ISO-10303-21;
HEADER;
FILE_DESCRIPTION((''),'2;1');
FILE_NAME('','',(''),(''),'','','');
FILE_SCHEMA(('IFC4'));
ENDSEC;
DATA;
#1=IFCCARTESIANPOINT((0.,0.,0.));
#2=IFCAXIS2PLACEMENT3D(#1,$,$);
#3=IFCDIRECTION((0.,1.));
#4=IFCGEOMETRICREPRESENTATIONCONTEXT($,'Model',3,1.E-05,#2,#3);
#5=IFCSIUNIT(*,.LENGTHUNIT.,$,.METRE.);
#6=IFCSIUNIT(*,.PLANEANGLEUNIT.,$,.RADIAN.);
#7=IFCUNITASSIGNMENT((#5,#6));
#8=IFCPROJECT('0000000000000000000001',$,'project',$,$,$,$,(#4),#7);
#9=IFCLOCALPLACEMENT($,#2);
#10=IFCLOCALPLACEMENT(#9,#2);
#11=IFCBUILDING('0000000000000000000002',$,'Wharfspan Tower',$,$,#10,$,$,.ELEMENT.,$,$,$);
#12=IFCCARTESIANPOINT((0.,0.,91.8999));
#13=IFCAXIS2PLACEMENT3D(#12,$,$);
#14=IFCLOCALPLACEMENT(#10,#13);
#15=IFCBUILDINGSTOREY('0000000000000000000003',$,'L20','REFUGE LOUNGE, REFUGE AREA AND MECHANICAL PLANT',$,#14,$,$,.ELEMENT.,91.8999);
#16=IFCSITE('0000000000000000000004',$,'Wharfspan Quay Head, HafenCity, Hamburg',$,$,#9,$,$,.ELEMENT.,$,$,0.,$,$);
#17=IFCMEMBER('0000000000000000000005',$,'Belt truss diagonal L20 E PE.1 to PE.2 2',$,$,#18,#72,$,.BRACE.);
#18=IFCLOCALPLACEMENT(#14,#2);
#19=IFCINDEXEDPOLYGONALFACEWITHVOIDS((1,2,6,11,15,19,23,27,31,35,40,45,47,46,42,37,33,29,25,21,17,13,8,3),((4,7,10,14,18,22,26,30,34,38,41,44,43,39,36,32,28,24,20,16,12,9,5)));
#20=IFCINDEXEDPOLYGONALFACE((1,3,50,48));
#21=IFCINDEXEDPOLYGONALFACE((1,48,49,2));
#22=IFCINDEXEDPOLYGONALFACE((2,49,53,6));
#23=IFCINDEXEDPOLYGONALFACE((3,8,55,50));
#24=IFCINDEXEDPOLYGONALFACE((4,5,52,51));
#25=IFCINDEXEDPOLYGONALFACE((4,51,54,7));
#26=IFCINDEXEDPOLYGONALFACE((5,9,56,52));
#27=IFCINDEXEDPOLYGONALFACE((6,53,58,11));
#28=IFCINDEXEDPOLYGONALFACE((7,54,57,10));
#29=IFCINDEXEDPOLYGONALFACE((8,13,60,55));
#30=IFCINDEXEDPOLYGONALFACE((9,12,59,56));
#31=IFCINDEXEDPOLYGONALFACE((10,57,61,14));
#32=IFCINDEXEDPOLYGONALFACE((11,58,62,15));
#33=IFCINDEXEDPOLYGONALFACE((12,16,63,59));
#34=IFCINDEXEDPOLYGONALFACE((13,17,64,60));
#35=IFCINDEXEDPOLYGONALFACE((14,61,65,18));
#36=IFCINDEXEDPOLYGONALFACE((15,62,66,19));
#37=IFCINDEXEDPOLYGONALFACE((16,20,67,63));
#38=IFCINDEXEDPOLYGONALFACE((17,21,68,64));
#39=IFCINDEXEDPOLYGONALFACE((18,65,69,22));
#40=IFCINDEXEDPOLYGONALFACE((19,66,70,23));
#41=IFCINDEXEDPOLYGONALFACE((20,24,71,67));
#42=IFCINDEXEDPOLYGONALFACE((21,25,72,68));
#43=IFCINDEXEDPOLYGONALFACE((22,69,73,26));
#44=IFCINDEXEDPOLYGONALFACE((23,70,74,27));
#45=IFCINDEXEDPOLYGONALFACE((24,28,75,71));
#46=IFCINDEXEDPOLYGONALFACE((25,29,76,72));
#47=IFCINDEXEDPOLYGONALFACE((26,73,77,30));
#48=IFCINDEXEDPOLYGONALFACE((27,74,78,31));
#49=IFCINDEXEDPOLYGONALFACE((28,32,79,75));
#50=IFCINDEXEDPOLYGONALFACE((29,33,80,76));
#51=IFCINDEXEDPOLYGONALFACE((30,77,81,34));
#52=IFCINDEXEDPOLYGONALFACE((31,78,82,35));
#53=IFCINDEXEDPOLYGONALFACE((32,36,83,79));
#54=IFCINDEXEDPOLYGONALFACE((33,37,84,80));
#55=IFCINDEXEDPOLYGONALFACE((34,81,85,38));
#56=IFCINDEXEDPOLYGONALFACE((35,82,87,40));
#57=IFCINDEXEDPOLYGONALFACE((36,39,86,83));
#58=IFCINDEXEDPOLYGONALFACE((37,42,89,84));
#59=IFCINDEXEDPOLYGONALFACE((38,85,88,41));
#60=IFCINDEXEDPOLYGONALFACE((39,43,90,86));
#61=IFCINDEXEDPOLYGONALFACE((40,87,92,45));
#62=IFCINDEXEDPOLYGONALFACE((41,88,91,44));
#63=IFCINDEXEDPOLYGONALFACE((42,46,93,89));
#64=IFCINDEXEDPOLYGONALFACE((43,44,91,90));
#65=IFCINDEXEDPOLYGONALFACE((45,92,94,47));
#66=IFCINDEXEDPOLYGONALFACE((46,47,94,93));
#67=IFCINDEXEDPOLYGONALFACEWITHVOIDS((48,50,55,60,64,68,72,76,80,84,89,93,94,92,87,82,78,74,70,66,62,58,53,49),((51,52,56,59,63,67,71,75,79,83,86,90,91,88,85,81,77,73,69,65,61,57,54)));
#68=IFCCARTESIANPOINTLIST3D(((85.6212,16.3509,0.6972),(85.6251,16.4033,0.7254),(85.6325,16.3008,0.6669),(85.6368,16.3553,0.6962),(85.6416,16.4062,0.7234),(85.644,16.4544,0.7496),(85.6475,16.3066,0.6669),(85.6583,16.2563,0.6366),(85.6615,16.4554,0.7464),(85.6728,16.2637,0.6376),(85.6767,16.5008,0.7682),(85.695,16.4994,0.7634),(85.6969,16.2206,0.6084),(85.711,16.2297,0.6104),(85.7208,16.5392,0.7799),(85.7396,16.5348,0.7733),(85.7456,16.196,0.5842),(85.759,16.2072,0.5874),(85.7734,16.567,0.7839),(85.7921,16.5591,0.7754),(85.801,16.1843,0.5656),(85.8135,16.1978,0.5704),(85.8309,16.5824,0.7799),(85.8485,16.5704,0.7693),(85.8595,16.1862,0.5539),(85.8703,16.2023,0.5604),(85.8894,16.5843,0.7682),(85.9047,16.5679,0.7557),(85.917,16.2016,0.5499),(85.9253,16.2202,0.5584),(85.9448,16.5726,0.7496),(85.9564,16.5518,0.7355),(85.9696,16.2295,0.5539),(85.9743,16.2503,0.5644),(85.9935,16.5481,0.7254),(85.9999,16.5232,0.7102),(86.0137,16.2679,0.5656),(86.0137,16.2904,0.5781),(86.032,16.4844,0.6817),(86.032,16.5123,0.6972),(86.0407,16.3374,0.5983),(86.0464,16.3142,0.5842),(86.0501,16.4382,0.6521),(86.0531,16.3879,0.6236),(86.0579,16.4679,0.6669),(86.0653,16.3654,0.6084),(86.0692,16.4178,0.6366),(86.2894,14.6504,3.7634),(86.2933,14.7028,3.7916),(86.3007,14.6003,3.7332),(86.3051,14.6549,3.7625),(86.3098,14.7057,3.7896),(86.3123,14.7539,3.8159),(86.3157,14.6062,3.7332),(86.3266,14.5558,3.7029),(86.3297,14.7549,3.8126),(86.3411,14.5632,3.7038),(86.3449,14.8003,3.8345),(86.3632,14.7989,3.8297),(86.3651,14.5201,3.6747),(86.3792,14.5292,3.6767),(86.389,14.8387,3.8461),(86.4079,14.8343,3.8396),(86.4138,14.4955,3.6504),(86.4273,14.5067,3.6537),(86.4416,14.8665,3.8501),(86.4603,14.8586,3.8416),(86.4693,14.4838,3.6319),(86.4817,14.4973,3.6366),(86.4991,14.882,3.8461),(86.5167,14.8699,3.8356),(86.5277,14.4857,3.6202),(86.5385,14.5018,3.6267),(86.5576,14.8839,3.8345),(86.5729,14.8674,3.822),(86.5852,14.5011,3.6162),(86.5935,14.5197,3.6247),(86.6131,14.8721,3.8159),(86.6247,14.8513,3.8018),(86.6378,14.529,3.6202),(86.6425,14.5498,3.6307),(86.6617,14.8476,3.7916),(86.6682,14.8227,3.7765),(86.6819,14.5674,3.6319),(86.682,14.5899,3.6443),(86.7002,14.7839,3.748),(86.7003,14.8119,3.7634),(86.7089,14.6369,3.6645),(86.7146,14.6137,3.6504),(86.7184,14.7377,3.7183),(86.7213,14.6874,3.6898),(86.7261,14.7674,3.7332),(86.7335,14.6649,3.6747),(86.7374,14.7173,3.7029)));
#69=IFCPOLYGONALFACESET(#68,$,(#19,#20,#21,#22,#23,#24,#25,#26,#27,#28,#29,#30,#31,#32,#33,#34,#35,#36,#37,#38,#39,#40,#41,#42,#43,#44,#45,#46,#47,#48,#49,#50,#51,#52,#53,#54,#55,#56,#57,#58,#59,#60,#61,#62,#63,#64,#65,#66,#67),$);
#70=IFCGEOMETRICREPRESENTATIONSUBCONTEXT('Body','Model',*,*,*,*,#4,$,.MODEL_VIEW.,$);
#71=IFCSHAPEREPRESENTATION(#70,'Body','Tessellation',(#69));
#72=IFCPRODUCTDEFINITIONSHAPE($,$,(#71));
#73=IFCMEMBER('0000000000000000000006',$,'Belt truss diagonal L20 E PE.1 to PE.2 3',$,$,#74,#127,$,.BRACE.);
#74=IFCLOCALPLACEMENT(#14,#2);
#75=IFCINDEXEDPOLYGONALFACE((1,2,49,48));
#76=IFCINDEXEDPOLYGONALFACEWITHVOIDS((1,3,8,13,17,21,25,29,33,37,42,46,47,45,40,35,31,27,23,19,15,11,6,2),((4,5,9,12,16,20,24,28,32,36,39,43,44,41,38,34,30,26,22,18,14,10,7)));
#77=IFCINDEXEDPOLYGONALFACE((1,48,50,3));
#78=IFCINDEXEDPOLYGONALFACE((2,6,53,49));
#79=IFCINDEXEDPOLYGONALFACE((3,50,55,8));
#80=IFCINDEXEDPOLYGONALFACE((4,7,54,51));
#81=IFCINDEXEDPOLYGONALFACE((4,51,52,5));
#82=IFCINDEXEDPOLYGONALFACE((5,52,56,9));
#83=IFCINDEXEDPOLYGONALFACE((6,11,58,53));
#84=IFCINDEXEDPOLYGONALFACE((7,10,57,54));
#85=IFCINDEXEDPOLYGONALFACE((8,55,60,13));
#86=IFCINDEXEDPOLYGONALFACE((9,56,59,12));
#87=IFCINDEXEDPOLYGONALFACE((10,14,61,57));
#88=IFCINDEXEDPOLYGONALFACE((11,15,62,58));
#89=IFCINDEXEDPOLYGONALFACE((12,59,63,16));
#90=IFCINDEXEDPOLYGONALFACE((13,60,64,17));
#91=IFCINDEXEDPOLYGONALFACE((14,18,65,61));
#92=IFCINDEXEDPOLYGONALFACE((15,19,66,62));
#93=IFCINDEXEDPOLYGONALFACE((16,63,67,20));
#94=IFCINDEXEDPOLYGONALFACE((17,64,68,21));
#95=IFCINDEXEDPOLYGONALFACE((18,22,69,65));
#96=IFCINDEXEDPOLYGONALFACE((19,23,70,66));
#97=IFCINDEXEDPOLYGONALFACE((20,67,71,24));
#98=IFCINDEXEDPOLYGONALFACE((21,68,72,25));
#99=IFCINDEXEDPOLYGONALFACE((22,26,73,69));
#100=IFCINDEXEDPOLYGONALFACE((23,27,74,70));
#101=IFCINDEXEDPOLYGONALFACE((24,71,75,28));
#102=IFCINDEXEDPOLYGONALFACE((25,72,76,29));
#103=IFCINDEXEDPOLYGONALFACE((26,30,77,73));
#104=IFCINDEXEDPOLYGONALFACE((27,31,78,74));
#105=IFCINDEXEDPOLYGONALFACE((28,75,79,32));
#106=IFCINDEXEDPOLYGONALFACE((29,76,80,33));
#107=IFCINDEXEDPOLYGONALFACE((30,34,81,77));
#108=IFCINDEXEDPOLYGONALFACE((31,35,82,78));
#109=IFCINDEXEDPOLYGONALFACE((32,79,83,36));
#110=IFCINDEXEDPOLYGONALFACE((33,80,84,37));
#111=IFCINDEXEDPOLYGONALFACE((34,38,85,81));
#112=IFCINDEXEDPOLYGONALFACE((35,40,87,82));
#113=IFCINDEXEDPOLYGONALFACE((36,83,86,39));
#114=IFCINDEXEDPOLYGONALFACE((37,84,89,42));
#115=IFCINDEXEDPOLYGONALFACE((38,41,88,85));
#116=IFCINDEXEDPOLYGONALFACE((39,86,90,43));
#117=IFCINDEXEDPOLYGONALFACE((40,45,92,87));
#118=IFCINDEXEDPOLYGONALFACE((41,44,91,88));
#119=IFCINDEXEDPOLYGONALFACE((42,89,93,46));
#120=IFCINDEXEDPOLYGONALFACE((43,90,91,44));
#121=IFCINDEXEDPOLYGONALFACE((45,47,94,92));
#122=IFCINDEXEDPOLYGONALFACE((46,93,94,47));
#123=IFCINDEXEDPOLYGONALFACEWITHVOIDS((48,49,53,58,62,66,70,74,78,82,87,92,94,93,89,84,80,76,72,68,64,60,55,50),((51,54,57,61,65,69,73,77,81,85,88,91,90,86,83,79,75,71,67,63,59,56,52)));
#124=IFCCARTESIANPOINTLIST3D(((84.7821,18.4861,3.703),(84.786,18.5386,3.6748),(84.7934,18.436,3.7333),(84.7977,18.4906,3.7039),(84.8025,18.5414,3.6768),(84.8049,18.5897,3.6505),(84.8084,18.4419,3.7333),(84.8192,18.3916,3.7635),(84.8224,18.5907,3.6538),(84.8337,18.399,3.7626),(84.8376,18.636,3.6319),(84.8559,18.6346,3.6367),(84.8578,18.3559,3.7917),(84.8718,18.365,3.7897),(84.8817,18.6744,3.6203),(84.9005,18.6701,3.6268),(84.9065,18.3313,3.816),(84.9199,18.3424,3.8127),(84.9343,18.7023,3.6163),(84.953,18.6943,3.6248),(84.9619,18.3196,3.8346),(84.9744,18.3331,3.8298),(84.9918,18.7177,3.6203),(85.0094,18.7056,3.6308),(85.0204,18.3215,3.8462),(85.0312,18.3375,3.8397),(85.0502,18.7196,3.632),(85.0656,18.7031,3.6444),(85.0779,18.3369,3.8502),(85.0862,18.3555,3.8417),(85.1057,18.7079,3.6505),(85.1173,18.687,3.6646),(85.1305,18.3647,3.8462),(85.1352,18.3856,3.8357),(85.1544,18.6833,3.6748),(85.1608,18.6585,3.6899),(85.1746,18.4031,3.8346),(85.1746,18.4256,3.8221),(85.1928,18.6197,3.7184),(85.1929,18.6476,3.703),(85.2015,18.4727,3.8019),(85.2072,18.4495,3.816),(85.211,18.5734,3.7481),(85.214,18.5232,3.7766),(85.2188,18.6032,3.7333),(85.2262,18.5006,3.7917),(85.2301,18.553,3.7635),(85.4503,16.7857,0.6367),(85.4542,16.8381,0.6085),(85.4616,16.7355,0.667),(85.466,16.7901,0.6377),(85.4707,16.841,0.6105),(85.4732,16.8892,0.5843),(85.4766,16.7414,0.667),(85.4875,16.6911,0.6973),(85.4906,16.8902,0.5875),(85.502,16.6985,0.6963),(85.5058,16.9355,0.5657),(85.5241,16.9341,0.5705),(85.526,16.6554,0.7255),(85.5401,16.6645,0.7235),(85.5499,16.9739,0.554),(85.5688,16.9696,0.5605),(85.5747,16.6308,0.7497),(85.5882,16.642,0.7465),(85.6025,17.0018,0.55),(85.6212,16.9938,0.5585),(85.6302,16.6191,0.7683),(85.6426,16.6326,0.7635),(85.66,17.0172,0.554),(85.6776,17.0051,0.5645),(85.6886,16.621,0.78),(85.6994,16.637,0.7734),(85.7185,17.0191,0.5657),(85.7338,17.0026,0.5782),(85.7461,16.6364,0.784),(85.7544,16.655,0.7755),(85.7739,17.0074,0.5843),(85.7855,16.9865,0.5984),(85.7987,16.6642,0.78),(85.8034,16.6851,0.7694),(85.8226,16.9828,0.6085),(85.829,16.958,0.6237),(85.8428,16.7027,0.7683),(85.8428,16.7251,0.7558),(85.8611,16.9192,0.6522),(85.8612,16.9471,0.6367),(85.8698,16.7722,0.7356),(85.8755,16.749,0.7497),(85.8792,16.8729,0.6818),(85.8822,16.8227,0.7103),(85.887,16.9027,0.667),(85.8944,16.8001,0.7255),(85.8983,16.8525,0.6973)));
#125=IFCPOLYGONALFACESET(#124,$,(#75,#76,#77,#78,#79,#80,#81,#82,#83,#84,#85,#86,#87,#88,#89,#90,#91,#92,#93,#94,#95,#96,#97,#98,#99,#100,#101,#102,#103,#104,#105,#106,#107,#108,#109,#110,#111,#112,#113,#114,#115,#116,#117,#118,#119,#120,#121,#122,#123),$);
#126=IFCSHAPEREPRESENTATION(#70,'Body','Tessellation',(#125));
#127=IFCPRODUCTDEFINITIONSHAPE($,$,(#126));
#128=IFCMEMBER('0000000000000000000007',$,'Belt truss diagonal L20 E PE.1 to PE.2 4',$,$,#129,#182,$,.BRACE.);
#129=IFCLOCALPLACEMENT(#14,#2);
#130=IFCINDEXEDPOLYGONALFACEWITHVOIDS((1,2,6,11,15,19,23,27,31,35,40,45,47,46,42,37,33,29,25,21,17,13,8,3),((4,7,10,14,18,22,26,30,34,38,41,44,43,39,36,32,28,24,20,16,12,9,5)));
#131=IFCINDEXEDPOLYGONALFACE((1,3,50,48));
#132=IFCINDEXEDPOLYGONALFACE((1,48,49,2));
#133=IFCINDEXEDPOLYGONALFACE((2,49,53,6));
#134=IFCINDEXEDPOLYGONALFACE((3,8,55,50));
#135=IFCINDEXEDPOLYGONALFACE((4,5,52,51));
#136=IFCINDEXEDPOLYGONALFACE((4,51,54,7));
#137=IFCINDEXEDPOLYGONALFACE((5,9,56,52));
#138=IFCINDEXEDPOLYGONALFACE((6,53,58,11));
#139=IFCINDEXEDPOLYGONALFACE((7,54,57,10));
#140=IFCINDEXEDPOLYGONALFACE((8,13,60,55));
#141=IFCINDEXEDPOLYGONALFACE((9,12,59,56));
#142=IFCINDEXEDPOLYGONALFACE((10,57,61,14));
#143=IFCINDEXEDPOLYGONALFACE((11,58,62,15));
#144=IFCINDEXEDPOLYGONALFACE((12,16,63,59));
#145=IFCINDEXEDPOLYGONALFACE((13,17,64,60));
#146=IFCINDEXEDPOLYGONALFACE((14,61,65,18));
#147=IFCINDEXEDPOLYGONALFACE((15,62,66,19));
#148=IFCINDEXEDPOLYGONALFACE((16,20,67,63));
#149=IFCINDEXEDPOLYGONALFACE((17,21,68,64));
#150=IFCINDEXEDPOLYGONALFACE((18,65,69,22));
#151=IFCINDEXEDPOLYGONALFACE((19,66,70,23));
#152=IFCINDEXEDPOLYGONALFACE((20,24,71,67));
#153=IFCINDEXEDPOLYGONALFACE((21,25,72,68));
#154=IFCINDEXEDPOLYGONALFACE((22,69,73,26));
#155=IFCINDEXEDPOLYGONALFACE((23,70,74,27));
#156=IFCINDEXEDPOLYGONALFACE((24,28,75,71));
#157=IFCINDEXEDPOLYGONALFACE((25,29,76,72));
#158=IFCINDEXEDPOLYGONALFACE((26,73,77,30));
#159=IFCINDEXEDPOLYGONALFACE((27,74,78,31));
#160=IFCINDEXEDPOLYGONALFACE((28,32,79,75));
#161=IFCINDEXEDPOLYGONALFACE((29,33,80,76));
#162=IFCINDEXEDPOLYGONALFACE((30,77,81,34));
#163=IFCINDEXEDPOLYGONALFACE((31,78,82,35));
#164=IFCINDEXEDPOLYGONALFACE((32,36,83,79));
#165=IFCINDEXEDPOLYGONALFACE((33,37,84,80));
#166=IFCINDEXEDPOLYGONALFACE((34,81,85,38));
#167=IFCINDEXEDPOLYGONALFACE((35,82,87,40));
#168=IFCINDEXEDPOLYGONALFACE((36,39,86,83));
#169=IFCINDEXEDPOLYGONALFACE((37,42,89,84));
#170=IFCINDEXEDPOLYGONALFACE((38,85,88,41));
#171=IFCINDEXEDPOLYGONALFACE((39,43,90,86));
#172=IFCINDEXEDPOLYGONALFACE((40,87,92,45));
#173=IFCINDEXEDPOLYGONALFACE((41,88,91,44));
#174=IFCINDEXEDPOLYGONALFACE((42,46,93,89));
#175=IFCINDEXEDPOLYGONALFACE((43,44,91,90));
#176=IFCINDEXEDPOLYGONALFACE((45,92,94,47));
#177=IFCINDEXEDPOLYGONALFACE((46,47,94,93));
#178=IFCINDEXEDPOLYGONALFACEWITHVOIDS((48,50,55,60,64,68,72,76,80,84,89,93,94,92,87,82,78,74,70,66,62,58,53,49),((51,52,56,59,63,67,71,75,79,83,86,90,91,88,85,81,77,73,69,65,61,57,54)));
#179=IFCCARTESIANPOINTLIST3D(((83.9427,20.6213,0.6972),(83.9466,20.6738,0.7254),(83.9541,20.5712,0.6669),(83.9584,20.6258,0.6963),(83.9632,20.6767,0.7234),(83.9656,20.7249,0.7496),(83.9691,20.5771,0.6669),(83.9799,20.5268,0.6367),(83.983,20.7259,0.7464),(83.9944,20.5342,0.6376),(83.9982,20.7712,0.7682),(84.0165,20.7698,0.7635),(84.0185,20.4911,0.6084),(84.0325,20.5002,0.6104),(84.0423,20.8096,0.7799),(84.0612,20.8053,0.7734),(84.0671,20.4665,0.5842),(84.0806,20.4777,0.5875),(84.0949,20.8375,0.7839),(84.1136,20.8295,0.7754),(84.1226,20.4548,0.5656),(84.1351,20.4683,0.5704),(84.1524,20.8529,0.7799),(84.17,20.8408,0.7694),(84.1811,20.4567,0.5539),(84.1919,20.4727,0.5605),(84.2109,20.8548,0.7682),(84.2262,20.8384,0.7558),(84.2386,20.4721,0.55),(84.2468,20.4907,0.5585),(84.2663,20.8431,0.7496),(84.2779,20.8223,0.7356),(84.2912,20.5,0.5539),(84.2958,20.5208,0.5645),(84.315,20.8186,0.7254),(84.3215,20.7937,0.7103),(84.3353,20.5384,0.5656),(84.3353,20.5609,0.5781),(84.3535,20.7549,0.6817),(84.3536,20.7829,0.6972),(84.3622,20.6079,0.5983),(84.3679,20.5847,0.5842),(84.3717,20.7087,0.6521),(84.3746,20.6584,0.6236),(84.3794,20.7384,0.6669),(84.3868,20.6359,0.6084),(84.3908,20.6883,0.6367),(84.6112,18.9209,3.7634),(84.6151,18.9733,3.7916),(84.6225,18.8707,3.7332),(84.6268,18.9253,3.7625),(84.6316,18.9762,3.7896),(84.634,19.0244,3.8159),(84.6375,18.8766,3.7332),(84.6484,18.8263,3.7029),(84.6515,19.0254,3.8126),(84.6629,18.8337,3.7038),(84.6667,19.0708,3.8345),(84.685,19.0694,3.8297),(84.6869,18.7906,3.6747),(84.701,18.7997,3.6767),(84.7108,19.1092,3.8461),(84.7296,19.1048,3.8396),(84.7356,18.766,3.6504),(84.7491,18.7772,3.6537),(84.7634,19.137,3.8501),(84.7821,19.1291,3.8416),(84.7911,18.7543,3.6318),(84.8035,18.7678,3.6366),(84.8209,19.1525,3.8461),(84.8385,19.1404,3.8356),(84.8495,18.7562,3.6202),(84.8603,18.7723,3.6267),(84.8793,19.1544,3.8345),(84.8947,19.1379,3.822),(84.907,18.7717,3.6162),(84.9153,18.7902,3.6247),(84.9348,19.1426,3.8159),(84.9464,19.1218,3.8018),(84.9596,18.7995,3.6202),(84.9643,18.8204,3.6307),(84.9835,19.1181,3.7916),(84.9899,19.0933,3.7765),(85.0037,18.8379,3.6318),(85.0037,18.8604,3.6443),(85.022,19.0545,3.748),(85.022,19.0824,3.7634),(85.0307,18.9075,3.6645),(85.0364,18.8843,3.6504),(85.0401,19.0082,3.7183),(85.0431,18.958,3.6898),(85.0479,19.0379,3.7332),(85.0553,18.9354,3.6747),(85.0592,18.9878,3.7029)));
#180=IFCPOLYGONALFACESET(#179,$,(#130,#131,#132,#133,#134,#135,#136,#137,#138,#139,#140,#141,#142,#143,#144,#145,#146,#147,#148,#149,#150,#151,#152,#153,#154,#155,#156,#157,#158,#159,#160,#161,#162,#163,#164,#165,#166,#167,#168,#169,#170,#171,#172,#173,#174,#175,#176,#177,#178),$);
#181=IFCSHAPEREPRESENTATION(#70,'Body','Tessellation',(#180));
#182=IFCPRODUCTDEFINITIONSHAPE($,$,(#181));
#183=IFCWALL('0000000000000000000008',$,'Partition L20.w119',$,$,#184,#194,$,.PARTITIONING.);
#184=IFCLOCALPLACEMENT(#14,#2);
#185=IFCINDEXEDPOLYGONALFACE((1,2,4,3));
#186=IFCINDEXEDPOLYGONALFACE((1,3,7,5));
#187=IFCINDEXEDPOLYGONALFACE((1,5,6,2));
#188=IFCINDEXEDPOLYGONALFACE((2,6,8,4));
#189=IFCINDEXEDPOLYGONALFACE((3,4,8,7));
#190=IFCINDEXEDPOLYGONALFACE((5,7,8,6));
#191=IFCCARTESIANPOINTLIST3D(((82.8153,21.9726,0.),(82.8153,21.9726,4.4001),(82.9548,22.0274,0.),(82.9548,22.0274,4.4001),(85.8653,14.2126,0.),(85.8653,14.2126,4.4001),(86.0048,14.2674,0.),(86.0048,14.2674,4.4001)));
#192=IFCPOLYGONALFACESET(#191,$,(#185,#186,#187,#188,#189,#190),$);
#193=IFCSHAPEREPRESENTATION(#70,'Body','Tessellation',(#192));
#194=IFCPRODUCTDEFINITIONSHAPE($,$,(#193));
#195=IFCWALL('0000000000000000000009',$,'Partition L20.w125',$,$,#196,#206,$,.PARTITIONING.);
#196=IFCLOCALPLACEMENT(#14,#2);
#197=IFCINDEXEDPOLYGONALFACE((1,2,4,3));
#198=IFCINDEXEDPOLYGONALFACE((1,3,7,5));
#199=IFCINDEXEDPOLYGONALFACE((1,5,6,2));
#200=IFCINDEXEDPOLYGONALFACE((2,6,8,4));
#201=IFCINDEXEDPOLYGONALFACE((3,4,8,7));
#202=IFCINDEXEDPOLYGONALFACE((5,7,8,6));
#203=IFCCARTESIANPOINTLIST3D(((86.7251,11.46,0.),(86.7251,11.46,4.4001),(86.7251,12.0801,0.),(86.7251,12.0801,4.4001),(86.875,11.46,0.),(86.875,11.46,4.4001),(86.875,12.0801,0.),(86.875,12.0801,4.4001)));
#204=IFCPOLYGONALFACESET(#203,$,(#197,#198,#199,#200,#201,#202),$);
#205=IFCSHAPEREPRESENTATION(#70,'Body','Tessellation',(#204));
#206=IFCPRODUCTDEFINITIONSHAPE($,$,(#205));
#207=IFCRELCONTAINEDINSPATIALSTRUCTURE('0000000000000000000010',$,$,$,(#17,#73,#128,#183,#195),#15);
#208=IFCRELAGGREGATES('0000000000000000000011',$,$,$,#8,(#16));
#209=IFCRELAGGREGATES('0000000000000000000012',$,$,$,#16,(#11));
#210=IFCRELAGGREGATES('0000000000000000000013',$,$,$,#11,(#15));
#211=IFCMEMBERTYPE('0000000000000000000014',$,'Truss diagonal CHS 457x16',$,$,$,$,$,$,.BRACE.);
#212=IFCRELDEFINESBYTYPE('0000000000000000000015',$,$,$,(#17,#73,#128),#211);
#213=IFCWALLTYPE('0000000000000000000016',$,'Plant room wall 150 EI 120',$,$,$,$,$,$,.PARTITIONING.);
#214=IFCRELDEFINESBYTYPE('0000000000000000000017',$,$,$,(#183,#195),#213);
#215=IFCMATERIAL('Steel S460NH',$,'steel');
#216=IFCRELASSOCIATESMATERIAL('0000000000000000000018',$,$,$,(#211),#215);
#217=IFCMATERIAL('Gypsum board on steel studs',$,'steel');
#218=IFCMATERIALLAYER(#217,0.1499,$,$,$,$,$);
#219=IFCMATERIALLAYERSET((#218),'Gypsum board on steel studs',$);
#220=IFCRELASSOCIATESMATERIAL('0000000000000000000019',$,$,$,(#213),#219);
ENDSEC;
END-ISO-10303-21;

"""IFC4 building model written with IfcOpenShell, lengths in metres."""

from ifc_helpers import new_model, si_unit, direction, frame, frame_2d, origin, origin_2d, place, context, subcontext, project, spatial, rectangle, hollow_circle, extrude, material, layer, layer_set, material_profile, profile_set, type_object, element, save


model = new_model("IFC4")

# Units and contexts
model_context = context("Model", 3, precision=1e-05, world=origin(), true_north=direction((0.0, 1.0)))
body_context = subcontext(model_context, "Body", "Model", "MODEL_VIEW")
ifc_project = project(units=[si_unit("LENGTHUNIT", "METRE"), si_unit("PLANEANGLEUNIT", "RADIAN")], contexts=[model_context])

# Site, building, storey
site_placement = place(None, origin())
site = spatial("IfcSite", under=ifc_project, at=site_placement, Name="Wharfspan Quay Head, HafenCity, Hamburg", CompositionType="ELEMENT", RefElevation=0.0)
building_placement = place(site_placement, origin())
building = spatial("IfcBuilding", under=site, at=building_placement, Name="Wharfspan Tower", CompositionType="ELEMENT")
storey_placement = place(building_placement, frame((0.0, 0.0, 91.8999)))
storey = spatial("IfcBuildingStorey", under=building, at=storey_placement, Name="L20", Description="REFUGE LOUNGE, REFUGE AREA AND MECHANICAL PLANT", CompositionType="ELEMENT", Elevation=91.8999)

# Shared definitions
ifc_material_1 = material(Name="Steel S460NH", Category="steel")

# Members
ifc_material_profile_1 = material_profile(ifc_material_1, hollow_circle(Radius=0.2285, WallThickness=0.0161, at=origin_2d()))
ifc_profile_set_1 = profile_set([ifc_material_profile_1], Name="Steel S460NH")
member_type_1 = type_object("IfcMemberType", Name="Truss diagonal CHS 457x16", PredefinedType="BRACE", material=ifc_profile_set_1)
for number, where, z_axis, x_axis, name in (
    (1, (86.5134, 14.6838, 3.7332), (-0.187215, 0.476417, -0.859056), (-0.930717, -0.365737, 0.000001), "Belt truss diagonal L20 E PE.1 to PE.2 2"),
    (2, (85.6743, 16.8191, 0.667), (-0.187215, 0.476417, 0.859056), (-0.930717, -0.365737, -0.000001), "Belt truss diagonal L20 E PE.1 to PE.2 3"),
    (3, (84.8352, 18.9543, 3.7332), (-0.187281, 0.476411, -0.859045), (-0.930676, -0.365858, -0.000001), "Belt truss diagonal L20 E PE.1 to PE.2 4"),
):
    element("IfcMember", number, at=place(storey_placement, frame(where, z_axis=z_axis, x_axis=x_axis)), inside=storey, type_object=member_type_1, Name=name, PredefinedType="BRACE", context=body_context, shape_type="SweptSolid", body=[
        extrude(hollow_circle(Radius=0.2285, WallThickness=0.0161, at=origin_2d()), origin(), (0.0, 0.0, 1.0), 3.5693),
    ])

# Walls
ifc_material_2 = material(Name="Gypsum board on steel studs", Category="steel")
ifc_layer = layer(ifc_material_2, 0.1499)
ifc_layer_set = layer_set([ifc_layer], Name="Gypsum board on steel studs")
wall_type = type_object("IfcWallType", Name="Plant room wall 150 EI 120", PredefinedType="PARTITIONING", material=ifc_layer_set)
wall_1_placement = place(storey_placement, frame((85.9351, 14.24, 0.0), z_axis=(0.0, 0.0, 1.0), x_axis=(-0.365805, 0.93069, 0.0)))
element("IfcWall", 4, at=wall_1_placement, inside=storey, type_object=wall_type, Name="Partition L20.w119", PredefinedType="PARTITIONING", context=body_context, shape_type="SweptSolid", body=[
    extrude(rectangle(XDim=8.3379, YDim=0.1499, at=frame_2d((4.1689, 0.0))), origin(), (0.0, 0.0, 1.0), 4.4001),
])
wall_2_placement = place(storey_placement, frame((86.8, 11.46, 0.0), z_axis=(0.0, 0.0, 1.0), x_axis=(0.0, 1.0, 0.0)))
element("IfcWall", 5, at=wall_2_placement, inside=storey, type_object=wall_type, Name="Partition L20.w125", PredefinedType="PARTITIONING", context=body_context, shape_type="SweptSolid", body=[
    extrude(rectangle(XDim=0.6201, YDim=0.1499, at=frame_2d((0.3101, 0.0))), origin(), (0.0, 0.0, 1.0), 4.4001),
])

save(model, "model.ifc")
